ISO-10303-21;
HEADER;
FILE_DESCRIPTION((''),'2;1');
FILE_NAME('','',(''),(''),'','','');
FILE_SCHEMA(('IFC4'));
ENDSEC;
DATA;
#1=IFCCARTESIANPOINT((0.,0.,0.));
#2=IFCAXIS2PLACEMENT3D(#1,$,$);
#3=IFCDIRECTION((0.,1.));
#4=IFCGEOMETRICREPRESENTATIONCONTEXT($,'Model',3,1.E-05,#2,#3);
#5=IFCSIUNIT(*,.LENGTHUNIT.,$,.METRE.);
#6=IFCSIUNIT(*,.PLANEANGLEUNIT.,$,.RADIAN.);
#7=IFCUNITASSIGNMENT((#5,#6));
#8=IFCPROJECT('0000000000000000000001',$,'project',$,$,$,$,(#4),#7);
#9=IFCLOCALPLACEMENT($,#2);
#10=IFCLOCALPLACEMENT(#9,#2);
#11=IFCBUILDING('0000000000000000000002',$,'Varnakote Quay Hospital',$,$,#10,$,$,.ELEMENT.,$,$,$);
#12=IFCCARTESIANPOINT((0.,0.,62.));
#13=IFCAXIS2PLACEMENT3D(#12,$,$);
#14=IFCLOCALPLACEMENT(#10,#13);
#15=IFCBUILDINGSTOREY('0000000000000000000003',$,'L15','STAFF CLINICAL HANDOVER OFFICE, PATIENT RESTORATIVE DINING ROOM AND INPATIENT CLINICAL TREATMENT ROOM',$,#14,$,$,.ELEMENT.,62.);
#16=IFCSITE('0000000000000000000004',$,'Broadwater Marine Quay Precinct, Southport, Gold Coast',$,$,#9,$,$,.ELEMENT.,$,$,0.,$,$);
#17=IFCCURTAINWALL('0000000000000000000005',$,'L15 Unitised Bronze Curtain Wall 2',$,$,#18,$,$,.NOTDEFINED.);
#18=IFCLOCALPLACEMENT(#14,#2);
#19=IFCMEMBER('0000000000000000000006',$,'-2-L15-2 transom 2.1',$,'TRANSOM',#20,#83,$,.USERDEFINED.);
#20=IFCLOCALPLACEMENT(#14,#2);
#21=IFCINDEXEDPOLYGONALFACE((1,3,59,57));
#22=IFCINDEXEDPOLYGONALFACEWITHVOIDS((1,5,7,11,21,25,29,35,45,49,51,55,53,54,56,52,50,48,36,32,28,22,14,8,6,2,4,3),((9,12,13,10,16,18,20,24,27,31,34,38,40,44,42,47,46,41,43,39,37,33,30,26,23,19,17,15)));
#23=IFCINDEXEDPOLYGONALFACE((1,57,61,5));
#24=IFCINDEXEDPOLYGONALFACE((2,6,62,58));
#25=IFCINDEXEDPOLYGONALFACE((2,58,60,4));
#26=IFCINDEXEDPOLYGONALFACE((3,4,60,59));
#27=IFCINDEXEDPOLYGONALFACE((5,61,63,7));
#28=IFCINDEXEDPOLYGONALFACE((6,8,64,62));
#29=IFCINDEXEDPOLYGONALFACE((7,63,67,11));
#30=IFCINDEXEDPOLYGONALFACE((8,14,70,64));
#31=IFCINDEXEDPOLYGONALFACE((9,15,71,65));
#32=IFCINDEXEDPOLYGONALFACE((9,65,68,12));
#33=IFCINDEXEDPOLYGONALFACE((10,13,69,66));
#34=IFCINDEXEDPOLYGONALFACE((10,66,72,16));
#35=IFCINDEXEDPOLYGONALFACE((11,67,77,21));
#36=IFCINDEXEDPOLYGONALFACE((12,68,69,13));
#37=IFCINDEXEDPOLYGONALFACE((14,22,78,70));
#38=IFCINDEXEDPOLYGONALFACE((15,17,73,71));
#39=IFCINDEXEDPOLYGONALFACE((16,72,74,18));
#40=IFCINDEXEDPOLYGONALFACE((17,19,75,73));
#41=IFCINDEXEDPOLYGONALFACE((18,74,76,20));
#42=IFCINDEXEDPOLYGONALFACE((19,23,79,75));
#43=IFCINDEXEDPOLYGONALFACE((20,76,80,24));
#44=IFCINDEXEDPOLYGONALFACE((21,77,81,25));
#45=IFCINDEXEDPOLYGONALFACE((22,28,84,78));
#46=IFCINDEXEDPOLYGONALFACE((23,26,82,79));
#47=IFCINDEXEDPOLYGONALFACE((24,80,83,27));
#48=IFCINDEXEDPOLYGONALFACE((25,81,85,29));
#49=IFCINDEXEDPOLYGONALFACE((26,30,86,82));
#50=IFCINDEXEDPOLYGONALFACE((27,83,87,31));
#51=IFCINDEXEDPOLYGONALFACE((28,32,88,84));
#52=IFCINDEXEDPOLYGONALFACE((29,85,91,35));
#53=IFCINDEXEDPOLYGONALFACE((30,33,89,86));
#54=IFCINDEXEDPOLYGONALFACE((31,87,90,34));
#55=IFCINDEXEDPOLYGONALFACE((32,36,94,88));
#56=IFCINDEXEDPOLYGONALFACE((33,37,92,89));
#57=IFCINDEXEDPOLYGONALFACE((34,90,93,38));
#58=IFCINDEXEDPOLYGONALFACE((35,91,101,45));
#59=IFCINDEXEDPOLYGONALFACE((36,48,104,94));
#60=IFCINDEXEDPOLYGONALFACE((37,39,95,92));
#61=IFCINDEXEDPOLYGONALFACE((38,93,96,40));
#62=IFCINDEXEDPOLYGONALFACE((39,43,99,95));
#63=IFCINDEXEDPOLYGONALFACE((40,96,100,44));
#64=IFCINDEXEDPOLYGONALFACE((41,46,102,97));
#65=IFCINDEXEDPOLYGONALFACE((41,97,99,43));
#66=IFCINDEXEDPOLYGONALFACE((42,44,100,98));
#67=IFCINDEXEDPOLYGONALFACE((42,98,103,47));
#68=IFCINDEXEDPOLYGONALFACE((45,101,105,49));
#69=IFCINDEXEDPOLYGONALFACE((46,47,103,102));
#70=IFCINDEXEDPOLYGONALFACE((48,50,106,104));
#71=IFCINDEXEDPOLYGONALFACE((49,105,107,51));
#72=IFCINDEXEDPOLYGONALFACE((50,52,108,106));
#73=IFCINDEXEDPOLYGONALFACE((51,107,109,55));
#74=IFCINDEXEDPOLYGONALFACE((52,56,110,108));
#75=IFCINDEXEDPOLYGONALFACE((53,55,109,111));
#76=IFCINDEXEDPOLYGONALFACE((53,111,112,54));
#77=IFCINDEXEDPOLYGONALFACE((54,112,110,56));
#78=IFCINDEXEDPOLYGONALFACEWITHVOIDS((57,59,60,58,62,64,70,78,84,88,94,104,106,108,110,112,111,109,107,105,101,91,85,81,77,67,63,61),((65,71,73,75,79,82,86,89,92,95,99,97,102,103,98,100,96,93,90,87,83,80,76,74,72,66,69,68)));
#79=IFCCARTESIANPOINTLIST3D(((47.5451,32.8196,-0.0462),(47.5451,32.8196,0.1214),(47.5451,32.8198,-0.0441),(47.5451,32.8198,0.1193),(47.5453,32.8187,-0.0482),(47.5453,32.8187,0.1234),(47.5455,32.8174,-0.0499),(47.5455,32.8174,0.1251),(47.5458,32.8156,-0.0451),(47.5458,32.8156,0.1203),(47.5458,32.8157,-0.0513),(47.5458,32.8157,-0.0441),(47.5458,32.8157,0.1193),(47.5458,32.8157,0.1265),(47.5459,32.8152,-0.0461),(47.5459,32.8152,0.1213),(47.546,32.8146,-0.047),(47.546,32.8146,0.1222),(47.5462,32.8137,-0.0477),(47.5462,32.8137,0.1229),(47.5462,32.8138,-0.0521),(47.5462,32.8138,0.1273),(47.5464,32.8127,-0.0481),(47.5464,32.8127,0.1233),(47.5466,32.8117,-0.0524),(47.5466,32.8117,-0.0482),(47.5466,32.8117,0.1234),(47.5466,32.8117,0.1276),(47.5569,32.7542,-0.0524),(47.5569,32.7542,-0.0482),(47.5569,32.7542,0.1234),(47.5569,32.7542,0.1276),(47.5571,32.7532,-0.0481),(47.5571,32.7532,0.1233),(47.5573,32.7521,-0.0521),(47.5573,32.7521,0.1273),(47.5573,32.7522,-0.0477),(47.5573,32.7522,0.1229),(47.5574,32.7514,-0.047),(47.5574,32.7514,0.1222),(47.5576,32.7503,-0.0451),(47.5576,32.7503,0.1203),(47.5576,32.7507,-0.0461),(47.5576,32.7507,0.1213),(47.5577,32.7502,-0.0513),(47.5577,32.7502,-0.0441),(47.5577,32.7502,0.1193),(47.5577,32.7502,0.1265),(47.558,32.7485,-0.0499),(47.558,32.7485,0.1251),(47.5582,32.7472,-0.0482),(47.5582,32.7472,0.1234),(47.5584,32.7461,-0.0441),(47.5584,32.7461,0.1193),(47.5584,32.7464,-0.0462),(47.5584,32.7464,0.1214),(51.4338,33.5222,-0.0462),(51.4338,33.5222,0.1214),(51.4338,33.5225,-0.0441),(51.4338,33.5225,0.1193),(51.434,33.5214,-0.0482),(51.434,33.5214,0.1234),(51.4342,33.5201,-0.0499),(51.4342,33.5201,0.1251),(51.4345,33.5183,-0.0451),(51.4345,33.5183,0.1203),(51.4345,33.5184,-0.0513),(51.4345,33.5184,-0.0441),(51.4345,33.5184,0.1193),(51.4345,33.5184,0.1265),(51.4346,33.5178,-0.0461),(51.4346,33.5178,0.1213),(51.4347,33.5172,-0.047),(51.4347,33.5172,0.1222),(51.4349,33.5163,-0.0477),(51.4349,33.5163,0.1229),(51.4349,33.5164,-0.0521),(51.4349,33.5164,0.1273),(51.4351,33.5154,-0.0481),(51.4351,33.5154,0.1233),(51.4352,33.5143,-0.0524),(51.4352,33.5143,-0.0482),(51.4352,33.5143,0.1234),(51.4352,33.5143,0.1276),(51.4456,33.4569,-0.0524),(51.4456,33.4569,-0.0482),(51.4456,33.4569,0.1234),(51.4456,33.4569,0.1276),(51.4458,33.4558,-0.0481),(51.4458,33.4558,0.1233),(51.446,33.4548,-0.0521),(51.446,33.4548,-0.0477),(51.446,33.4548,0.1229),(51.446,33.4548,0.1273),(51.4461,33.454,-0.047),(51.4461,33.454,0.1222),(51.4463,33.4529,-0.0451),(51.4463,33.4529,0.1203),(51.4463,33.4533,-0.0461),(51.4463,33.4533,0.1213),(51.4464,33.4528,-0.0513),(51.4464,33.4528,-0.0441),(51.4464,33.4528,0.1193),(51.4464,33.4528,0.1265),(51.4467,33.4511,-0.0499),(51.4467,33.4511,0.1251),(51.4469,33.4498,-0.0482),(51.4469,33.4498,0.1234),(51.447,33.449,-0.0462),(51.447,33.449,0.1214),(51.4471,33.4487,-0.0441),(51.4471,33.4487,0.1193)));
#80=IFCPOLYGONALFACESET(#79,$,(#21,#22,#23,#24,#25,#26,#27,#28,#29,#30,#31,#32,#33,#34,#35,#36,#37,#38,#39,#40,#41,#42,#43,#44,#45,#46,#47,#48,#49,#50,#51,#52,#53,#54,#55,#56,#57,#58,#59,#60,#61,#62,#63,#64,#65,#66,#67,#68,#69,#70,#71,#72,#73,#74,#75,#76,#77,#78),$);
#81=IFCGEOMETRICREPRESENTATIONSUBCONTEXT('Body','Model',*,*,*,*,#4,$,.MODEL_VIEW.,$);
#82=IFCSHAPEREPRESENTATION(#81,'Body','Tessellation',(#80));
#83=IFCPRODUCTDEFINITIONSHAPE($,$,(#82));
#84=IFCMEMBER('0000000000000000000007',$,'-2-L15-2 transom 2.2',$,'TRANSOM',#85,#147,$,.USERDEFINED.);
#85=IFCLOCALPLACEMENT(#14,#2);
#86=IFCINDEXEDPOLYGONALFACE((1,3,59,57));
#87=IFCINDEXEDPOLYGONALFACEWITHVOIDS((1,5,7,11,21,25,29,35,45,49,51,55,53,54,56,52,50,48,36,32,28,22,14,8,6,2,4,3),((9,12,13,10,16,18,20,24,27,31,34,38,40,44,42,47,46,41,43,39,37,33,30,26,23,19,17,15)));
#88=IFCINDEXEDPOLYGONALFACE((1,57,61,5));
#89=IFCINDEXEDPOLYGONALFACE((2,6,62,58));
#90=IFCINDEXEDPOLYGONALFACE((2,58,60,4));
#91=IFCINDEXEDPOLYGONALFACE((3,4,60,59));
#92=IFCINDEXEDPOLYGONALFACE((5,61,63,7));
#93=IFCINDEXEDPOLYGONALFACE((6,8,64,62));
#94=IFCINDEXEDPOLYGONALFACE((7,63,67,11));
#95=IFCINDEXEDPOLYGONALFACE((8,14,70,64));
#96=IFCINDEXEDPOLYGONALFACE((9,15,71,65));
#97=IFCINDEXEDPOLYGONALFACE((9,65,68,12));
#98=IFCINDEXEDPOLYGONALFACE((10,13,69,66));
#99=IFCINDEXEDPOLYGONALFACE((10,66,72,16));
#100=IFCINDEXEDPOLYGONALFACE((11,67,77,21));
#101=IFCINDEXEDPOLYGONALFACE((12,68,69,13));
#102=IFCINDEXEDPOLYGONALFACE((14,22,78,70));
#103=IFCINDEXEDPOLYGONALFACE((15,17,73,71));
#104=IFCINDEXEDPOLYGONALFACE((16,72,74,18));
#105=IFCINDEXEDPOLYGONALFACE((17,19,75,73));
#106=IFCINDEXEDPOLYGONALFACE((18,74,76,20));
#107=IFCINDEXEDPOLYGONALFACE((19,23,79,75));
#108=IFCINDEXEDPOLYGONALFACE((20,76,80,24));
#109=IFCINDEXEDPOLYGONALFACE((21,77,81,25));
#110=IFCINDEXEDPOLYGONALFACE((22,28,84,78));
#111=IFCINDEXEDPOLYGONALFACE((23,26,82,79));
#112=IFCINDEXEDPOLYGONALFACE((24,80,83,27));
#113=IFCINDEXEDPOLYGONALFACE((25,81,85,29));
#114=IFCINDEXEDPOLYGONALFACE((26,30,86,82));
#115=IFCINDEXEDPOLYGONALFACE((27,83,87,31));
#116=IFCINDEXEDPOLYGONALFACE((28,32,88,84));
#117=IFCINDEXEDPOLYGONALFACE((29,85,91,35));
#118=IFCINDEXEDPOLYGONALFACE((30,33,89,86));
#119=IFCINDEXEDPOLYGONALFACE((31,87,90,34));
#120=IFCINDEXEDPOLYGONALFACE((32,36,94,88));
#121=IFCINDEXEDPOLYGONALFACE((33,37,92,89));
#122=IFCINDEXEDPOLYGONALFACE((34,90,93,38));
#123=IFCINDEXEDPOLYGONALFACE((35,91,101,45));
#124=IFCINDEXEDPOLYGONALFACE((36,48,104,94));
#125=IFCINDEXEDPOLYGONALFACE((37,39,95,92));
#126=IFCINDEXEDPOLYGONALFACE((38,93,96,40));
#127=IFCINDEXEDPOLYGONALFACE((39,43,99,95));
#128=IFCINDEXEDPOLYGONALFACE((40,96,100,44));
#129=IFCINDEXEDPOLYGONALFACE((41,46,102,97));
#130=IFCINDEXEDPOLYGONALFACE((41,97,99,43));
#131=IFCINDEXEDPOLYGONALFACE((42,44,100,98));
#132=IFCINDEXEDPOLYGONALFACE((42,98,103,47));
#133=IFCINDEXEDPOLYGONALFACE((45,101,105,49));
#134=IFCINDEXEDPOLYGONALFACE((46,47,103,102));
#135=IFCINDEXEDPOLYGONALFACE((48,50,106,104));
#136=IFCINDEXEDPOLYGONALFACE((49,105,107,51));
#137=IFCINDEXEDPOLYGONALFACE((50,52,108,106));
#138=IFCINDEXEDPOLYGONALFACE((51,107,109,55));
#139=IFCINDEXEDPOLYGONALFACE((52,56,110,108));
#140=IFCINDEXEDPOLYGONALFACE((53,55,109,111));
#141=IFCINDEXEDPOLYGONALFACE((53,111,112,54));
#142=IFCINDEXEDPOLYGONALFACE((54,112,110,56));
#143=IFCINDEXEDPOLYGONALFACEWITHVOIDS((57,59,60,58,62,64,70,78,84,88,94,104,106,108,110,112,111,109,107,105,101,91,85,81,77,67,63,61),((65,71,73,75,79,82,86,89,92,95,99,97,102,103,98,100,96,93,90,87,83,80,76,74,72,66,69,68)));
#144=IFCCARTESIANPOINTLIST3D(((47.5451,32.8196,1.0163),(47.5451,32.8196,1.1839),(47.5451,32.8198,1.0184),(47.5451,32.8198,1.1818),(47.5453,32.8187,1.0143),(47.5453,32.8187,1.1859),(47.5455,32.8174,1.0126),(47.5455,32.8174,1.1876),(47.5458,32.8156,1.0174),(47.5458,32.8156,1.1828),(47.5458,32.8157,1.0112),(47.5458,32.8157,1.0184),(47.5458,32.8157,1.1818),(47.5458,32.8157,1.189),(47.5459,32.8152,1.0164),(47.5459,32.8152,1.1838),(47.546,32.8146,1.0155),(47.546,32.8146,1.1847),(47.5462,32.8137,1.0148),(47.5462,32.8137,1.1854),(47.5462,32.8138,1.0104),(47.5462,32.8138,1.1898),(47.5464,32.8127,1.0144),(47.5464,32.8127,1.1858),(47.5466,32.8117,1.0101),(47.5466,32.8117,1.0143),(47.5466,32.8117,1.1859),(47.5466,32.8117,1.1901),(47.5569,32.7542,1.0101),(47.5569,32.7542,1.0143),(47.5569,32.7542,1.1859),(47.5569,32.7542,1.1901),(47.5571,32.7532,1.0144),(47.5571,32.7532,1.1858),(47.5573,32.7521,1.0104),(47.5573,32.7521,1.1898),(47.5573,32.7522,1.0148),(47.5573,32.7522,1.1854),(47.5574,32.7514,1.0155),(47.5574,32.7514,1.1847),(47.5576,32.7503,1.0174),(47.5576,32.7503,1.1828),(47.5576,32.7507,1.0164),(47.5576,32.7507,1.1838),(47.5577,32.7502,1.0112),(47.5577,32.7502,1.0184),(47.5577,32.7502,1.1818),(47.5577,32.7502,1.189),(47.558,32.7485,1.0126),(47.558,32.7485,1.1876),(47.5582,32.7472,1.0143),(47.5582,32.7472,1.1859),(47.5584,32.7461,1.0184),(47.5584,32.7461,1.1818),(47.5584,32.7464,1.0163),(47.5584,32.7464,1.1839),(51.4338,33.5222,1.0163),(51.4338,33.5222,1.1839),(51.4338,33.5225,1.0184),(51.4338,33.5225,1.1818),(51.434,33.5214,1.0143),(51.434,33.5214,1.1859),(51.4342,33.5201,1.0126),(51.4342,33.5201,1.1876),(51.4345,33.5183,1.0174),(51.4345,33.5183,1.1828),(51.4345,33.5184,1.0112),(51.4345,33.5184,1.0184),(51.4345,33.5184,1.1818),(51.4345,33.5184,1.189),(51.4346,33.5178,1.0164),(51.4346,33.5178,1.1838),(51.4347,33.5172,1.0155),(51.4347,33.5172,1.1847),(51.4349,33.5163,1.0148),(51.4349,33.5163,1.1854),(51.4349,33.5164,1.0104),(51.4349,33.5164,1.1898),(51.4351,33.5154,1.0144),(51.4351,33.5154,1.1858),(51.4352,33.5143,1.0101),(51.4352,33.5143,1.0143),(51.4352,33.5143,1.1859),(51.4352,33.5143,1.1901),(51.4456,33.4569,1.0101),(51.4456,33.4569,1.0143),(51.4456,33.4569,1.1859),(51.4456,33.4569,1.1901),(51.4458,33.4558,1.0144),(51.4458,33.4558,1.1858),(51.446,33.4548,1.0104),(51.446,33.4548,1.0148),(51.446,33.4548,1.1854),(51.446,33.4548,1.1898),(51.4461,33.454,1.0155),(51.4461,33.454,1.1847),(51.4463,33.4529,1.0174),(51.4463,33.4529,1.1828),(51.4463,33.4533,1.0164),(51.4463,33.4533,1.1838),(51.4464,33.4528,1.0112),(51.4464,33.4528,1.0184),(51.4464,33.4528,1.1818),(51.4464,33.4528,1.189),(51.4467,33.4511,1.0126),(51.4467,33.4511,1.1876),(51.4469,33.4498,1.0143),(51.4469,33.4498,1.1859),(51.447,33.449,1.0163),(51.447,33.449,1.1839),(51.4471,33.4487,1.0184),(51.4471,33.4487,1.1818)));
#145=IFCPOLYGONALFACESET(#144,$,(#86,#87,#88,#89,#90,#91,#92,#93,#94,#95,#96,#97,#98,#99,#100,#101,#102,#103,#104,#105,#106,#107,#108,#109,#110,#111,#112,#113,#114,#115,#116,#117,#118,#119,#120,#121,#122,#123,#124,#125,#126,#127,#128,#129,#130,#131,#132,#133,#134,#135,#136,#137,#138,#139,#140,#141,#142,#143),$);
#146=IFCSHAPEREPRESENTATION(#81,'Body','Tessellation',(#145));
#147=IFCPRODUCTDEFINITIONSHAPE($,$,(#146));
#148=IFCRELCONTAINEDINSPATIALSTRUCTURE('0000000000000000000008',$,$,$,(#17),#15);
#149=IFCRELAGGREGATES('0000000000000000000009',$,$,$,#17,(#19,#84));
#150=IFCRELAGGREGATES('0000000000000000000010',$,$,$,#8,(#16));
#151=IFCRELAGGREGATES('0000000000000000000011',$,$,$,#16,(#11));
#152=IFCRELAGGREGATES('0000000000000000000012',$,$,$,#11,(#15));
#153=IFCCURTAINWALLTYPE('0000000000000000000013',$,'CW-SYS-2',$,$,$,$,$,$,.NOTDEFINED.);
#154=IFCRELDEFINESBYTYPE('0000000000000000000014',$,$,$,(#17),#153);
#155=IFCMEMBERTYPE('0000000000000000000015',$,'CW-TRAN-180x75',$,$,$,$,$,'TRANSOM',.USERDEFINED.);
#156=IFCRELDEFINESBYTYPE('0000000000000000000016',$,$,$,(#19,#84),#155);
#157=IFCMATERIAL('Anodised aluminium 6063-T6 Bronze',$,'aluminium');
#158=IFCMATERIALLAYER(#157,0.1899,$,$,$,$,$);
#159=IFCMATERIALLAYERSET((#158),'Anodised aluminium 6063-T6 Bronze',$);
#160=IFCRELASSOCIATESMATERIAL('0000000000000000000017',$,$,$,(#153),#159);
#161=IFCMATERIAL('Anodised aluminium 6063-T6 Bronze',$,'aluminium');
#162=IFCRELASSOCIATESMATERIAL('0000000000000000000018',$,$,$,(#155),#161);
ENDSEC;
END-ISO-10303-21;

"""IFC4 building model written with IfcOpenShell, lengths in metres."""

from ifc_helpers import new_model, si_unit, direction, frame, origin, origin_2d, place, context, subcontext, project, spatial, hollow_rectangle, extrude, material, layer, layer_set, material_profile, profile_set, type_object, element, aggregate, save


model = new_model("IFC4")

# Units and contexts
model_context = context("Model", 3, precision=1e-05, world=origin(), true_north=direction((0.0, 1.0)))
body_context = subcontext(model_context, "Body", "Model", "MODEL_VIEW")
ifc_project = project(units=[si_unit("LENGTHUNIT", "METRE"), si_unit("PLANEANGLEUNIT", "RADIAN")], contexts=[model_context])

# Site, building, storey
site_placement = place(None, origin())
site = spatial("IfcSite", under=ifc_project, at=site_placement, Name="Broadwater Marine Quay Precinct, Southport, Gold Coast", CompositionType="ELEMENT", RefElevation=0.0)
building_placement = place(site_placement, origin())
building = spatial("IfcBuilding", under=site, at=building_placement, Name="Varnakote Quay Hospital", CompositionType="ELEMENT")
storey_placement = place(building_placement, frame((0.0, 0.0, 62.0)))
storey = spatial("IfcBuildingStorey", under=building, at=storey_placement, Name="L15", Description="STAFF CLINICAL HANDOVER OFFICE, PATIENT RESTORATIVE DINING ROOM AND INPATIENT CLINICAL TREATMENT ROOM", CompositionType="ELEMENT", Elevation=62.0)

# Shared definitions
ifc_material_1 = material(Name="Anodised aluminium 6063-T6 Bronze", Category="aluminium")
ifc_layer_1 = layer(ifc_material_1, 0.1899)
ifc_layer_set_1 = layer_set([ifc_layer_1], Name="Anodised aluminium 6063-T6 Bronze")
curtain_wall_type = type_object("IfcCurtainWallType", Name="CW-SYS-2", PredefinedType="NOTDEFINED", material=ifc_layer_set_1)

# Curtain wall
curtain_wall_1_placement = place(storey_placement, origin())
curtain_wall_1 = element("IfcCurtainWall", 1, at=curtain_wall_1_placement, inside=storey, type_object=curtain_wall_type, Name="L15 Unitised Bronze Curtain Wall 2", PredefinedType="NOTDEFINED")

# Members
ifc_material_2 = material(Name="Anodised aluminium 6063-T6 Bronze", Category="aluminium")
ifc_material_profile_1 = material_profile(ifc_material_2, hollow_rectangle(XDim=0.075, YDim=0.1799, WallThickness=0.0042, InnerFilletRadius=0.0042, OuterFilletRadius=0.0083, at=origin_2d()), Name="CW-TRAN-180x75")
ifc_profile_set_1 = profile_set([ifc_material_profile_1], Name="Anodised aluminium 6063-T6 Bronze")
member_type_1 = type_object("IfcMemberType", Name="CW-TRAN-180x75", ElementType="TRANSOM", PredefinedType="USERDEFINED", material=ifc_profile_set_1)
member_1_placement = place(storey_placement, frame((51.4404, 33.4856, 0.0376), z_axis=(-0.984065, -0.177809, 0.0), x_axis=(0.177809, -0.984065, 0.0)))
member_1 = element("IfcMember", 2, at=member_1_placement, type_object=member_type_1, Name="-2-L15-2 transom 2.1", ObjectType="TRANSOM", PredefinedType="USERDEFINED", context=body_context, shape_type="SweptSolid", body=[
    extrude(hollow_rectangle(XDim=0.075, YDim=0.1799, WallThickness=0.0042, InnerFilletRadius=0.0042, OuterFilletRadius=0.0083, at=origin_2d()), origin(), (0.0, 0.0, 1.0), 3.9517),
])
member_2_placement = place(storey_placement, frame((51.4404, 33.4856, 1.1001), z_axis=(-0.984065, -0.177809, 0.0), x_axis=(0.177809, -0.984065, 0.0)))
member_2 = element("IfcMember", 3, at=member_2_placement, type_object=member_type_1, Name="-2-L15-2 transom 2.2", ObjectType="TRANSOM", PredefinedType="USERDEFINED", context=body_context, shape_type="SweptSolid", body=[
    extrude(hollow_rectangle(XDim=0.075, YDim=0.1799, WallThickness=0.0042, InnerFilletRadius=0.0042, OuterFilletRadius=0.0083, at=origin_2d()), origin(), (0.0, 0.0, 1.0), 3.9517),
])

aggregate(curtain_wall_1, [member_1, member_2])

save(model, "model.ifc")
